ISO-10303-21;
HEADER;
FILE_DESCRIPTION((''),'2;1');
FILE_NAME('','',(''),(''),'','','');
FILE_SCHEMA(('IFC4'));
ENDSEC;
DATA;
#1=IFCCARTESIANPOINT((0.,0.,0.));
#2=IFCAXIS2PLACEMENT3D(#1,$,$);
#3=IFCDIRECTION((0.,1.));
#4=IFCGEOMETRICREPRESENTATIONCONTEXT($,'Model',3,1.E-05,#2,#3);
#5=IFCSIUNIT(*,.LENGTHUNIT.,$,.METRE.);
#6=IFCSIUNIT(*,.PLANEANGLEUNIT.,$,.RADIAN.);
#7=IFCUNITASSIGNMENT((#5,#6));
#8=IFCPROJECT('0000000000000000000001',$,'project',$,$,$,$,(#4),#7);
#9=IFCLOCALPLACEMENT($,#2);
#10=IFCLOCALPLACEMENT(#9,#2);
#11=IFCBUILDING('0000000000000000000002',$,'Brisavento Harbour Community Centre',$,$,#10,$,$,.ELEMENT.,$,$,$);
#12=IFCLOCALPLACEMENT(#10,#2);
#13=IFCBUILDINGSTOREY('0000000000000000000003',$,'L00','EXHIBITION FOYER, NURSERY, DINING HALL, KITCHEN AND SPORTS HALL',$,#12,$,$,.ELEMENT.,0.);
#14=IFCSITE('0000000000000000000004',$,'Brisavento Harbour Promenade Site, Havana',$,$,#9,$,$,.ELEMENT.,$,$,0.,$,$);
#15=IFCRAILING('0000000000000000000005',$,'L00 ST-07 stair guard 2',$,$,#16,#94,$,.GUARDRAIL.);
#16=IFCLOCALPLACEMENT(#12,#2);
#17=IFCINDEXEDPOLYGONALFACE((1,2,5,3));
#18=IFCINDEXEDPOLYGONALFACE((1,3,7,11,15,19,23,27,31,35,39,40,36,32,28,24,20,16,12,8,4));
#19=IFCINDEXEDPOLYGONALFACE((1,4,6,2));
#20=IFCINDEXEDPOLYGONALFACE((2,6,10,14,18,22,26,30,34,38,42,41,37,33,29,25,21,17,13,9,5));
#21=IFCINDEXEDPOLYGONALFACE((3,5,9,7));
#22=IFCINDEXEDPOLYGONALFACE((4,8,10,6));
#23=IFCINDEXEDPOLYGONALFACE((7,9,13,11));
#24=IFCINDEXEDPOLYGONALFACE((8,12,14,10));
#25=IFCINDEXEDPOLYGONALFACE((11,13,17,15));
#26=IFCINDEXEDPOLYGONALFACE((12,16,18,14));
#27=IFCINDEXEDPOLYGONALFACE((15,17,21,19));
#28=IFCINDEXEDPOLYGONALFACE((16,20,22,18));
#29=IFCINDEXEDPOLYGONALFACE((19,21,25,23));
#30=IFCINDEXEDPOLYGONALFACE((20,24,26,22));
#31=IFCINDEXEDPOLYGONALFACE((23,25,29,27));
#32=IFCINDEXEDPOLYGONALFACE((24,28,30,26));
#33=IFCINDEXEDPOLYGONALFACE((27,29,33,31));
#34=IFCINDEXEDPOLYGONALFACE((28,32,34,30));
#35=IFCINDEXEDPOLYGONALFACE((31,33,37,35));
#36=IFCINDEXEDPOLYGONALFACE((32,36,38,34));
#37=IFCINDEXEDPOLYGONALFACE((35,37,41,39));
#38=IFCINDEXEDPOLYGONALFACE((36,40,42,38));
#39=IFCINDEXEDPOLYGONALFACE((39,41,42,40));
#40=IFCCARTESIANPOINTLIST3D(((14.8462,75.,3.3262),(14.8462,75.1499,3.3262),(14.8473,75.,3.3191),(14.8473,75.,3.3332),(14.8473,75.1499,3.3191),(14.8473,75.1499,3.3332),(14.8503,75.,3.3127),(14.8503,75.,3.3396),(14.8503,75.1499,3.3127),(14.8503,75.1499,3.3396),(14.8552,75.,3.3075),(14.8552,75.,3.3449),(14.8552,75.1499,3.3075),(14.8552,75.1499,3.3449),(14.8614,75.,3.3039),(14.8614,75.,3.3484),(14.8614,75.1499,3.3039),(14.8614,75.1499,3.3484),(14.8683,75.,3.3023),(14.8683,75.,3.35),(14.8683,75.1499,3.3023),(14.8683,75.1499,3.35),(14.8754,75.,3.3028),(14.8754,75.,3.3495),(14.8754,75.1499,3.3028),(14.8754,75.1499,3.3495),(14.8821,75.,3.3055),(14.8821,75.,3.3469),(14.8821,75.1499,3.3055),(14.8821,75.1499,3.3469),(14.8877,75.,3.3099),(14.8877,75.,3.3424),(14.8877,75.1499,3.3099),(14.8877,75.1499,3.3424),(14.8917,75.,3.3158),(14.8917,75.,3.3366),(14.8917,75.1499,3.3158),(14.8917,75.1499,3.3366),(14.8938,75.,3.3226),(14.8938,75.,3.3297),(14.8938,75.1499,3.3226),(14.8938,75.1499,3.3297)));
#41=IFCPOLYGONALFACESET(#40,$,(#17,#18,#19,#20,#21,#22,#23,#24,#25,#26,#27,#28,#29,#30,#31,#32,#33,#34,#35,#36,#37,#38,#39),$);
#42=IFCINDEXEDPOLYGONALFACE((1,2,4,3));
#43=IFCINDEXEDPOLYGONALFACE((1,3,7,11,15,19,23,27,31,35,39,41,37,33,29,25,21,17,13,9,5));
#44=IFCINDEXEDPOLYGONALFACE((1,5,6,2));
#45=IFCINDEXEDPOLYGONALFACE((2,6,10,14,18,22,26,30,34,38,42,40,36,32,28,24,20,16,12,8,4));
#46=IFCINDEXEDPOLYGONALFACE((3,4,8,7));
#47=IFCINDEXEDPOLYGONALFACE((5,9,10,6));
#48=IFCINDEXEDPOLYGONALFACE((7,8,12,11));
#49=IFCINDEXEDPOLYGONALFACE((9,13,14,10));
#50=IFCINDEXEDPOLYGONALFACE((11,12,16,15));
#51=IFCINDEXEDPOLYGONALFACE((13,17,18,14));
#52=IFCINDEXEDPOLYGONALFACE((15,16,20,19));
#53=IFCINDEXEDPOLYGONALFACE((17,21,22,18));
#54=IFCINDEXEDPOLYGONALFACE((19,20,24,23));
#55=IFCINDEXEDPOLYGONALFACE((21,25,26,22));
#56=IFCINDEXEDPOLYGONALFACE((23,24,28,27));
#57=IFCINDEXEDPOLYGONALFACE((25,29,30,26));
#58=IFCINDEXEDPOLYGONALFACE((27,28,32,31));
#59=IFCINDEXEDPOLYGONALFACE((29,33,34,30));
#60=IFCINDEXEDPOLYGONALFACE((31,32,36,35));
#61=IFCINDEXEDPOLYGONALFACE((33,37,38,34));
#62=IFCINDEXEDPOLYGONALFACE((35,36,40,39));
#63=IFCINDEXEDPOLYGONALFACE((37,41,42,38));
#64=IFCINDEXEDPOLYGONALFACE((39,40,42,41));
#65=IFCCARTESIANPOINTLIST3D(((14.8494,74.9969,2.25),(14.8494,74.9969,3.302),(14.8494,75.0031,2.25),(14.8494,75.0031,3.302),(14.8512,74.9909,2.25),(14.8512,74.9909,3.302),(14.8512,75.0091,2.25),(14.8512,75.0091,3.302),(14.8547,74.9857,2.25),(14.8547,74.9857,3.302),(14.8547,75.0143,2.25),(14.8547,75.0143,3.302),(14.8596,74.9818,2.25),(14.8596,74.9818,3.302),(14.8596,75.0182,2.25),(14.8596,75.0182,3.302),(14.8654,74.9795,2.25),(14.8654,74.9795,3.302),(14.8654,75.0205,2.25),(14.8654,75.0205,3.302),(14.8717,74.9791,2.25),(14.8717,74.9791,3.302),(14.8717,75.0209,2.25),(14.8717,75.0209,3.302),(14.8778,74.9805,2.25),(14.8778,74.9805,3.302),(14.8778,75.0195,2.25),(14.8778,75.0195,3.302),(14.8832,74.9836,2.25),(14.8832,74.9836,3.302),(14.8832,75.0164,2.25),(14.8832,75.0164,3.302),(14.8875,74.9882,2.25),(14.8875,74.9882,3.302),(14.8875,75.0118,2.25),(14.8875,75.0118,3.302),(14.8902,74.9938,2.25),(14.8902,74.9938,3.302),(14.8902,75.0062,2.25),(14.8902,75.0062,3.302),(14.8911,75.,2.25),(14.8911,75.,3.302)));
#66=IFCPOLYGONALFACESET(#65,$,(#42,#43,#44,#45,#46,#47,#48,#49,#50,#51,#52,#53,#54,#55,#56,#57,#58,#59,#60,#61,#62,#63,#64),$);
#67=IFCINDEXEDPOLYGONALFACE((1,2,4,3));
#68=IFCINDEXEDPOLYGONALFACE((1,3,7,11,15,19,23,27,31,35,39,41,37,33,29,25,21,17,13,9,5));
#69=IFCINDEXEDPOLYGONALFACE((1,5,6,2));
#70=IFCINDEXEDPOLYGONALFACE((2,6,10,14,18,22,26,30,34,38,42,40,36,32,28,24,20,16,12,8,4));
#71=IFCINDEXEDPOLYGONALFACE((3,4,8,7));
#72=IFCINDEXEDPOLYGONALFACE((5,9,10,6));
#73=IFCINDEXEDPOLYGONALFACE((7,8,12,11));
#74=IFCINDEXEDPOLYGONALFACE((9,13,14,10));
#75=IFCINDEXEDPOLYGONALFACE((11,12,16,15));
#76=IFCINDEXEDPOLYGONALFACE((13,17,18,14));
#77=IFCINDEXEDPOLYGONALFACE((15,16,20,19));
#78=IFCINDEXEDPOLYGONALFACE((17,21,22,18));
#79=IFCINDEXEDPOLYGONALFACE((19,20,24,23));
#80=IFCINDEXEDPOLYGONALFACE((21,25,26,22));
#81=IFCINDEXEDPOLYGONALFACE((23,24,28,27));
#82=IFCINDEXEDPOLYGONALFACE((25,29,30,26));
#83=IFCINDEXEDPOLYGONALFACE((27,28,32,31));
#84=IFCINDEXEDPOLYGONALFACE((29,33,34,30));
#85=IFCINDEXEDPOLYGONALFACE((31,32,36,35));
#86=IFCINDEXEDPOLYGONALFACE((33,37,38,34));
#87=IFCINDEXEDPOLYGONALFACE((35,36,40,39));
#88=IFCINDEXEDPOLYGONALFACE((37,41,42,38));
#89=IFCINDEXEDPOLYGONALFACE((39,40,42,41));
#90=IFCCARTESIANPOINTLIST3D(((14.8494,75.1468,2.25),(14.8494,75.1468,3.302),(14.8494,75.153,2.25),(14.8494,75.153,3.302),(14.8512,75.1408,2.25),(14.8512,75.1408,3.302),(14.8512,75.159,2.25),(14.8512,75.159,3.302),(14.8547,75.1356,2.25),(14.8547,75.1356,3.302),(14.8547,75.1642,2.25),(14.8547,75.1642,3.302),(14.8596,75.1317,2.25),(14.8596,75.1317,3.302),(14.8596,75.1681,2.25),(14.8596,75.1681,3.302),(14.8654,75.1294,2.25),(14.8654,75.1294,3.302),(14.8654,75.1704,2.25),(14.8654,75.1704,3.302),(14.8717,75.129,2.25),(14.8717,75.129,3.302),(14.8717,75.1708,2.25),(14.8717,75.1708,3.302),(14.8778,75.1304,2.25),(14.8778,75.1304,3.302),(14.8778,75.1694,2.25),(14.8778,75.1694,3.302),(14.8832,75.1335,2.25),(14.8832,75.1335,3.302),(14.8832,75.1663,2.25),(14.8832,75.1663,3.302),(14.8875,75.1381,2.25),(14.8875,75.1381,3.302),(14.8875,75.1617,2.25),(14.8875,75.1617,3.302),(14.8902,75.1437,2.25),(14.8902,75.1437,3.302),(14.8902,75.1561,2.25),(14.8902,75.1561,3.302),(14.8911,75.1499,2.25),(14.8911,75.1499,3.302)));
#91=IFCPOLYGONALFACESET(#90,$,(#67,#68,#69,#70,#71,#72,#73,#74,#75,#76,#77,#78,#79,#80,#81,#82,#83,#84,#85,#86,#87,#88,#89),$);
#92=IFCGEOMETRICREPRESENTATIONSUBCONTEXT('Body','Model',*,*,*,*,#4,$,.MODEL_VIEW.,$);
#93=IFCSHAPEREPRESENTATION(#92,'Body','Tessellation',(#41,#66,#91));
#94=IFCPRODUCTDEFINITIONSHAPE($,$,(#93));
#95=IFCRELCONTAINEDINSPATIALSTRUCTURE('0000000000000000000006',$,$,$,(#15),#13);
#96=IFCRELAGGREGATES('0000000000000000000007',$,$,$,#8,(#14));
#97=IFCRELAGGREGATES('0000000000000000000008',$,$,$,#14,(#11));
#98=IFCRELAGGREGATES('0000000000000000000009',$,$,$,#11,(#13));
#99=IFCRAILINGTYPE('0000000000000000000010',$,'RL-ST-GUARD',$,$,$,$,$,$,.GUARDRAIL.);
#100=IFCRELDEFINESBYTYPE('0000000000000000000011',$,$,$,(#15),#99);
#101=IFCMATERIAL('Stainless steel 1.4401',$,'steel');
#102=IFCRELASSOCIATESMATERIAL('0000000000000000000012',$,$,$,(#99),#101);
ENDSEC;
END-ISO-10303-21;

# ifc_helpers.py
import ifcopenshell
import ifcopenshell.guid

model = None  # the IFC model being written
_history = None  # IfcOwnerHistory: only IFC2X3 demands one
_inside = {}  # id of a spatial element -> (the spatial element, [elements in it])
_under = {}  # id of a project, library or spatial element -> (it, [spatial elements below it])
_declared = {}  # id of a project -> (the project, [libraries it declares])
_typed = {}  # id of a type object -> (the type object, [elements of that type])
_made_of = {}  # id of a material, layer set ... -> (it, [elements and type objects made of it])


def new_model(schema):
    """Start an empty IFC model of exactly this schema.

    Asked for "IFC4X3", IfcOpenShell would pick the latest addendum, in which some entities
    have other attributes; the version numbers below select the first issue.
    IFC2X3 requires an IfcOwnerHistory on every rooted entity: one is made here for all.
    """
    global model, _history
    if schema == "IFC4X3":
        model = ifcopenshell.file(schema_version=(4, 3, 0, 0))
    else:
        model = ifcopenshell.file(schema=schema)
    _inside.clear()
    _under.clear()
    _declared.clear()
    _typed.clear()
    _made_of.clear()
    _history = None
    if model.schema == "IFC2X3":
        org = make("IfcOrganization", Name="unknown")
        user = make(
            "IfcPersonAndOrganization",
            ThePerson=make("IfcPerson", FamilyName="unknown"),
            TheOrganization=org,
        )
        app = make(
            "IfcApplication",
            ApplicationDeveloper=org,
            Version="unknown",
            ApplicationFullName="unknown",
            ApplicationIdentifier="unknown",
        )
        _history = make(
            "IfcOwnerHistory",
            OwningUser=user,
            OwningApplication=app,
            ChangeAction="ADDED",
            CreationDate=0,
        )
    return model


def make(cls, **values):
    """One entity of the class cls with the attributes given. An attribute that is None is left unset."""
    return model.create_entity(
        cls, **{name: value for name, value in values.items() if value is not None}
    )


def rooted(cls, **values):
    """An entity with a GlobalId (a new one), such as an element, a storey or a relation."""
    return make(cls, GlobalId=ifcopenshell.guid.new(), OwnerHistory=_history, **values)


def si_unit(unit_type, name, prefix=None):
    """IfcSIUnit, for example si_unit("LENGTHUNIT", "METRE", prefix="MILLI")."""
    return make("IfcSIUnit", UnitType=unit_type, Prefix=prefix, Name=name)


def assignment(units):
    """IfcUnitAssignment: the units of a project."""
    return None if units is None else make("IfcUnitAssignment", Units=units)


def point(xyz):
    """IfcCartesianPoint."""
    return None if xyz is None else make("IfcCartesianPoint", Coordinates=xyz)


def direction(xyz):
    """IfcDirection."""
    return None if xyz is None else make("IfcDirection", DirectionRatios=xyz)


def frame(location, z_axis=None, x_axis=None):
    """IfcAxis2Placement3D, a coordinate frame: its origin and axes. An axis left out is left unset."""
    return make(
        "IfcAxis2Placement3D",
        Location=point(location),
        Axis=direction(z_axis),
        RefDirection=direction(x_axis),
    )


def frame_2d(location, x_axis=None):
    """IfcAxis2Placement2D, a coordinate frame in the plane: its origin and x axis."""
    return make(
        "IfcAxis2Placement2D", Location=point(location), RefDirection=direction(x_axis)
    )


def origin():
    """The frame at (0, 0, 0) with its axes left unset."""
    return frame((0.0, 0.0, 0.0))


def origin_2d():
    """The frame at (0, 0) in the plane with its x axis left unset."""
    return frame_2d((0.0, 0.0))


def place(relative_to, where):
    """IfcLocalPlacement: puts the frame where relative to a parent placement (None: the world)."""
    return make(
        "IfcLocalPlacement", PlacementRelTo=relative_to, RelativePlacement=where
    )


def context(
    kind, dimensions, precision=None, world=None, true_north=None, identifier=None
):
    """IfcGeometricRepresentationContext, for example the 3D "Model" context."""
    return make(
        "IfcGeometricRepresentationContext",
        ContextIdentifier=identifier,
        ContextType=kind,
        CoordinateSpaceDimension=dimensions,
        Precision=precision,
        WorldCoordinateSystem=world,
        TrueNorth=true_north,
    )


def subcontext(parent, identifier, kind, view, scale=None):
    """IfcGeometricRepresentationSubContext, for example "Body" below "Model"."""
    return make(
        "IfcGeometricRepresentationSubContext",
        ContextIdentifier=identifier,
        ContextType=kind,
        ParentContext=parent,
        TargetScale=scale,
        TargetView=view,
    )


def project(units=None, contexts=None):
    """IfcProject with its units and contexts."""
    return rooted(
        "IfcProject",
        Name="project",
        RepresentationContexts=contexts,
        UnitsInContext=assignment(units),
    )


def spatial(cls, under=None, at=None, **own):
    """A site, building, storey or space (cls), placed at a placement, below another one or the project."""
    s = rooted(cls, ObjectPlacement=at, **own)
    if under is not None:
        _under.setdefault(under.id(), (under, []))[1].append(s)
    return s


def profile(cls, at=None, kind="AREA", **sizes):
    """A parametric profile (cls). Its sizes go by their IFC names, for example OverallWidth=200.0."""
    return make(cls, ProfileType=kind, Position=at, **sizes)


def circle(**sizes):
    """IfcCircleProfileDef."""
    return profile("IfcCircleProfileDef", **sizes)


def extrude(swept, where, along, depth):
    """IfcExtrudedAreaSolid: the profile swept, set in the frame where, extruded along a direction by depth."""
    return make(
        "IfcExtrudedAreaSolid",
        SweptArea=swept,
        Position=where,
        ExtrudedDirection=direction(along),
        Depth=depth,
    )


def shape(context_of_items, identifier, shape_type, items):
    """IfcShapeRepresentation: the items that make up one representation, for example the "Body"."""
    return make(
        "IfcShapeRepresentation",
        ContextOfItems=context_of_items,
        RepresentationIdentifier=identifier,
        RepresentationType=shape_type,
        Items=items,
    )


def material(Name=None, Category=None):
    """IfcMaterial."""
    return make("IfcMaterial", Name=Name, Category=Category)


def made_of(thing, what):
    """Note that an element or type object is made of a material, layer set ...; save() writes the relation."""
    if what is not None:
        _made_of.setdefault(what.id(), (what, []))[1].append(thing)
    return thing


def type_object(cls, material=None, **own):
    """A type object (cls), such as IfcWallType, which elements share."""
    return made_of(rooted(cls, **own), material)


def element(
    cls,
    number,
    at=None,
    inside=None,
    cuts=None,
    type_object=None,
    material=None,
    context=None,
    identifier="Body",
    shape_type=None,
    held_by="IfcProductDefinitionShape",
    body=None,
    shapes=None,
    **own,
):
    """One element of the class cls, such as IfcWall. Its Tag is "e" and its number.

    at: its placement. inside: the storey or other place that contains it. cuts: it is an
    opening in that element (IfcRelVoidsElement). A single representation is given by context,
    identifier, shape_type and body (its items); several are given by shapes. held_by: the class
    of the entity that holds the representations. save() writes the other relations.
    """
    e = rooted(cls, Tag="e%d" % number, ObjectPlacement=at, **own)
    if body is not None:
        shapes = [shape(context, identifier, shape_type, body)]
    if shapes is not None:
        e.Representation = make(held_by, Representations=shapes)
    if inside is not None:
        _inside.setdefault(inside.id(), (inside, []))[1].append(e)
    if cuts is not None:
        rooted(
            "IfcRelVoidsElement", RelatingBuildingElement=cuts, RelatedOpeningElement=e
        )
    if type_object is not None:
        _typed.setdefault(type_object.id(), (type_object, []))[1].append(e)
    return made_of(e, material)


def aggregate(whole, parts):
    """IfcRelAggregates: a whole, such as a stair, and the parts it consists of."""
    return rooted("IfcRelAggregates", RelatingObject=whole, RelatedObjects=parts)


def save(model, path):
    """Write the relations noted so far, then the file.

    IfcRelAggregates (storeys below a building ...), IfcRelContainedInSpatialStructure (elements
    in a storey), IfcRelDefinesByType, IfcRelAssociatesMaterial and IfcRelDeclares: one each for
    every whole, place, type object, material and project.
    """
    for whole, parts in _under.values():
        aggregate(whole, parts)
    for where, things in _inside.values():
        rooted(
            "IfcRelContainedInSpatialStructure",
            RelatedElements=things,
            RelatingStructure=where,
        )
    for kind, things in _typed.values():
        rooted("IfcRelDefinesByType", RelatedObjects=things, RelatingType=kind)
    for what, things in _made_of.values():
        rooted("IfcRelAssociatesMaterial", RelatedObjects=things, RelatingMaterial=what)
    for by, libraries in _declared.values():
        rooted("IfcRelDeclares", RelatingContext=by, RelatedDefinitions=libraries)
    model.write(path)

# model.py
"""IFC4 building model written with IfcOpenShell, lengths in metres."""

from ifc_helpers import new_model, si_unit, direction, frame, origin, origin_2d, place, context, subcontext, project, spatial, circle, extrude, material, type_object, element, save


model = new_model("IFC4")

# Units and contexts
model_context = context("Model", 3, precision=1e-05, world=origin(), true_north=direction((0.0, 1.0)))
body_context = subcontext(model_context, "Body", "Model", "MODEL_VIEW")
ifc_project = project(units=[si_unit("LENGTHUNIT", "METRE"), si_unit("PLANEANGLEUNIT", "RADIAN")], contexts=[model_context])

# Site, building, storey
site_placement = place(None, origin())
site = spatial("IfcSite", under=ifc_project, at=site_placement, Name="Brisavento Harbour Promenade Site, Havana", CompositionType="ELEMENT", RefElevation=0.0)
building_placement = place(site_placement, origin())
building = spatial("IfcBuilding", under=site, at=building_placement, Name="Brisavento Harbour Community Centre", CompositionType="ELEMENT")
storey_placement = place(building_placement, origin())
storey = spatial("IfcBuildingStorey", under=building, at=storey_placement, Name="L00", Description="EXHIBITION FOYER, NURSERY, DINING HALL, KITCHEN AND SPORTS HALL", CompositionType="ELEMENT", Elevation=0.0)

# Railing
ifc_material_1 = material(Name="Stainless steel 1.4401", Category="steel")
railing_type_1 = type_object("IfcRailingType", Name="RL-ST-GUARD", PredefinedType="GUARDRAIL", material=ifc_material_1)
railing_1_placement = place(storey_placement, frame((14.8701, 75.0, 2.25)))
element("IfcRailing", 1, at=railing_1_placement, inside=storey, type_object=railing_type_1, Name="L00 ST-07 stair guard 2", PredefinedType="GUARDRAIL", context=body_context, shape_type="SweptSolid", body=[
    extrude(circle(Radius=0.0239, at=origin_2d()), frame((0.0, 0.0, 1.0762), z_axis=(0.0, 1.0, 0.0), x_axis=(-1.0, 0.0, 0.0)), (0.0, 0.0, 1.0), 0.1499),
    extrude(circle(Radius=0.021, at=origin_2d()), origin(), (0.0, 0.0, 1.0), 1.052),
    extrude(circle(Radius=0.021, at=origin_2d()), frame((0.0, 0.1499, 0.0)), (0.0, 0.0, 1.0), 1.052),
])

save(model, "model.ifc")
